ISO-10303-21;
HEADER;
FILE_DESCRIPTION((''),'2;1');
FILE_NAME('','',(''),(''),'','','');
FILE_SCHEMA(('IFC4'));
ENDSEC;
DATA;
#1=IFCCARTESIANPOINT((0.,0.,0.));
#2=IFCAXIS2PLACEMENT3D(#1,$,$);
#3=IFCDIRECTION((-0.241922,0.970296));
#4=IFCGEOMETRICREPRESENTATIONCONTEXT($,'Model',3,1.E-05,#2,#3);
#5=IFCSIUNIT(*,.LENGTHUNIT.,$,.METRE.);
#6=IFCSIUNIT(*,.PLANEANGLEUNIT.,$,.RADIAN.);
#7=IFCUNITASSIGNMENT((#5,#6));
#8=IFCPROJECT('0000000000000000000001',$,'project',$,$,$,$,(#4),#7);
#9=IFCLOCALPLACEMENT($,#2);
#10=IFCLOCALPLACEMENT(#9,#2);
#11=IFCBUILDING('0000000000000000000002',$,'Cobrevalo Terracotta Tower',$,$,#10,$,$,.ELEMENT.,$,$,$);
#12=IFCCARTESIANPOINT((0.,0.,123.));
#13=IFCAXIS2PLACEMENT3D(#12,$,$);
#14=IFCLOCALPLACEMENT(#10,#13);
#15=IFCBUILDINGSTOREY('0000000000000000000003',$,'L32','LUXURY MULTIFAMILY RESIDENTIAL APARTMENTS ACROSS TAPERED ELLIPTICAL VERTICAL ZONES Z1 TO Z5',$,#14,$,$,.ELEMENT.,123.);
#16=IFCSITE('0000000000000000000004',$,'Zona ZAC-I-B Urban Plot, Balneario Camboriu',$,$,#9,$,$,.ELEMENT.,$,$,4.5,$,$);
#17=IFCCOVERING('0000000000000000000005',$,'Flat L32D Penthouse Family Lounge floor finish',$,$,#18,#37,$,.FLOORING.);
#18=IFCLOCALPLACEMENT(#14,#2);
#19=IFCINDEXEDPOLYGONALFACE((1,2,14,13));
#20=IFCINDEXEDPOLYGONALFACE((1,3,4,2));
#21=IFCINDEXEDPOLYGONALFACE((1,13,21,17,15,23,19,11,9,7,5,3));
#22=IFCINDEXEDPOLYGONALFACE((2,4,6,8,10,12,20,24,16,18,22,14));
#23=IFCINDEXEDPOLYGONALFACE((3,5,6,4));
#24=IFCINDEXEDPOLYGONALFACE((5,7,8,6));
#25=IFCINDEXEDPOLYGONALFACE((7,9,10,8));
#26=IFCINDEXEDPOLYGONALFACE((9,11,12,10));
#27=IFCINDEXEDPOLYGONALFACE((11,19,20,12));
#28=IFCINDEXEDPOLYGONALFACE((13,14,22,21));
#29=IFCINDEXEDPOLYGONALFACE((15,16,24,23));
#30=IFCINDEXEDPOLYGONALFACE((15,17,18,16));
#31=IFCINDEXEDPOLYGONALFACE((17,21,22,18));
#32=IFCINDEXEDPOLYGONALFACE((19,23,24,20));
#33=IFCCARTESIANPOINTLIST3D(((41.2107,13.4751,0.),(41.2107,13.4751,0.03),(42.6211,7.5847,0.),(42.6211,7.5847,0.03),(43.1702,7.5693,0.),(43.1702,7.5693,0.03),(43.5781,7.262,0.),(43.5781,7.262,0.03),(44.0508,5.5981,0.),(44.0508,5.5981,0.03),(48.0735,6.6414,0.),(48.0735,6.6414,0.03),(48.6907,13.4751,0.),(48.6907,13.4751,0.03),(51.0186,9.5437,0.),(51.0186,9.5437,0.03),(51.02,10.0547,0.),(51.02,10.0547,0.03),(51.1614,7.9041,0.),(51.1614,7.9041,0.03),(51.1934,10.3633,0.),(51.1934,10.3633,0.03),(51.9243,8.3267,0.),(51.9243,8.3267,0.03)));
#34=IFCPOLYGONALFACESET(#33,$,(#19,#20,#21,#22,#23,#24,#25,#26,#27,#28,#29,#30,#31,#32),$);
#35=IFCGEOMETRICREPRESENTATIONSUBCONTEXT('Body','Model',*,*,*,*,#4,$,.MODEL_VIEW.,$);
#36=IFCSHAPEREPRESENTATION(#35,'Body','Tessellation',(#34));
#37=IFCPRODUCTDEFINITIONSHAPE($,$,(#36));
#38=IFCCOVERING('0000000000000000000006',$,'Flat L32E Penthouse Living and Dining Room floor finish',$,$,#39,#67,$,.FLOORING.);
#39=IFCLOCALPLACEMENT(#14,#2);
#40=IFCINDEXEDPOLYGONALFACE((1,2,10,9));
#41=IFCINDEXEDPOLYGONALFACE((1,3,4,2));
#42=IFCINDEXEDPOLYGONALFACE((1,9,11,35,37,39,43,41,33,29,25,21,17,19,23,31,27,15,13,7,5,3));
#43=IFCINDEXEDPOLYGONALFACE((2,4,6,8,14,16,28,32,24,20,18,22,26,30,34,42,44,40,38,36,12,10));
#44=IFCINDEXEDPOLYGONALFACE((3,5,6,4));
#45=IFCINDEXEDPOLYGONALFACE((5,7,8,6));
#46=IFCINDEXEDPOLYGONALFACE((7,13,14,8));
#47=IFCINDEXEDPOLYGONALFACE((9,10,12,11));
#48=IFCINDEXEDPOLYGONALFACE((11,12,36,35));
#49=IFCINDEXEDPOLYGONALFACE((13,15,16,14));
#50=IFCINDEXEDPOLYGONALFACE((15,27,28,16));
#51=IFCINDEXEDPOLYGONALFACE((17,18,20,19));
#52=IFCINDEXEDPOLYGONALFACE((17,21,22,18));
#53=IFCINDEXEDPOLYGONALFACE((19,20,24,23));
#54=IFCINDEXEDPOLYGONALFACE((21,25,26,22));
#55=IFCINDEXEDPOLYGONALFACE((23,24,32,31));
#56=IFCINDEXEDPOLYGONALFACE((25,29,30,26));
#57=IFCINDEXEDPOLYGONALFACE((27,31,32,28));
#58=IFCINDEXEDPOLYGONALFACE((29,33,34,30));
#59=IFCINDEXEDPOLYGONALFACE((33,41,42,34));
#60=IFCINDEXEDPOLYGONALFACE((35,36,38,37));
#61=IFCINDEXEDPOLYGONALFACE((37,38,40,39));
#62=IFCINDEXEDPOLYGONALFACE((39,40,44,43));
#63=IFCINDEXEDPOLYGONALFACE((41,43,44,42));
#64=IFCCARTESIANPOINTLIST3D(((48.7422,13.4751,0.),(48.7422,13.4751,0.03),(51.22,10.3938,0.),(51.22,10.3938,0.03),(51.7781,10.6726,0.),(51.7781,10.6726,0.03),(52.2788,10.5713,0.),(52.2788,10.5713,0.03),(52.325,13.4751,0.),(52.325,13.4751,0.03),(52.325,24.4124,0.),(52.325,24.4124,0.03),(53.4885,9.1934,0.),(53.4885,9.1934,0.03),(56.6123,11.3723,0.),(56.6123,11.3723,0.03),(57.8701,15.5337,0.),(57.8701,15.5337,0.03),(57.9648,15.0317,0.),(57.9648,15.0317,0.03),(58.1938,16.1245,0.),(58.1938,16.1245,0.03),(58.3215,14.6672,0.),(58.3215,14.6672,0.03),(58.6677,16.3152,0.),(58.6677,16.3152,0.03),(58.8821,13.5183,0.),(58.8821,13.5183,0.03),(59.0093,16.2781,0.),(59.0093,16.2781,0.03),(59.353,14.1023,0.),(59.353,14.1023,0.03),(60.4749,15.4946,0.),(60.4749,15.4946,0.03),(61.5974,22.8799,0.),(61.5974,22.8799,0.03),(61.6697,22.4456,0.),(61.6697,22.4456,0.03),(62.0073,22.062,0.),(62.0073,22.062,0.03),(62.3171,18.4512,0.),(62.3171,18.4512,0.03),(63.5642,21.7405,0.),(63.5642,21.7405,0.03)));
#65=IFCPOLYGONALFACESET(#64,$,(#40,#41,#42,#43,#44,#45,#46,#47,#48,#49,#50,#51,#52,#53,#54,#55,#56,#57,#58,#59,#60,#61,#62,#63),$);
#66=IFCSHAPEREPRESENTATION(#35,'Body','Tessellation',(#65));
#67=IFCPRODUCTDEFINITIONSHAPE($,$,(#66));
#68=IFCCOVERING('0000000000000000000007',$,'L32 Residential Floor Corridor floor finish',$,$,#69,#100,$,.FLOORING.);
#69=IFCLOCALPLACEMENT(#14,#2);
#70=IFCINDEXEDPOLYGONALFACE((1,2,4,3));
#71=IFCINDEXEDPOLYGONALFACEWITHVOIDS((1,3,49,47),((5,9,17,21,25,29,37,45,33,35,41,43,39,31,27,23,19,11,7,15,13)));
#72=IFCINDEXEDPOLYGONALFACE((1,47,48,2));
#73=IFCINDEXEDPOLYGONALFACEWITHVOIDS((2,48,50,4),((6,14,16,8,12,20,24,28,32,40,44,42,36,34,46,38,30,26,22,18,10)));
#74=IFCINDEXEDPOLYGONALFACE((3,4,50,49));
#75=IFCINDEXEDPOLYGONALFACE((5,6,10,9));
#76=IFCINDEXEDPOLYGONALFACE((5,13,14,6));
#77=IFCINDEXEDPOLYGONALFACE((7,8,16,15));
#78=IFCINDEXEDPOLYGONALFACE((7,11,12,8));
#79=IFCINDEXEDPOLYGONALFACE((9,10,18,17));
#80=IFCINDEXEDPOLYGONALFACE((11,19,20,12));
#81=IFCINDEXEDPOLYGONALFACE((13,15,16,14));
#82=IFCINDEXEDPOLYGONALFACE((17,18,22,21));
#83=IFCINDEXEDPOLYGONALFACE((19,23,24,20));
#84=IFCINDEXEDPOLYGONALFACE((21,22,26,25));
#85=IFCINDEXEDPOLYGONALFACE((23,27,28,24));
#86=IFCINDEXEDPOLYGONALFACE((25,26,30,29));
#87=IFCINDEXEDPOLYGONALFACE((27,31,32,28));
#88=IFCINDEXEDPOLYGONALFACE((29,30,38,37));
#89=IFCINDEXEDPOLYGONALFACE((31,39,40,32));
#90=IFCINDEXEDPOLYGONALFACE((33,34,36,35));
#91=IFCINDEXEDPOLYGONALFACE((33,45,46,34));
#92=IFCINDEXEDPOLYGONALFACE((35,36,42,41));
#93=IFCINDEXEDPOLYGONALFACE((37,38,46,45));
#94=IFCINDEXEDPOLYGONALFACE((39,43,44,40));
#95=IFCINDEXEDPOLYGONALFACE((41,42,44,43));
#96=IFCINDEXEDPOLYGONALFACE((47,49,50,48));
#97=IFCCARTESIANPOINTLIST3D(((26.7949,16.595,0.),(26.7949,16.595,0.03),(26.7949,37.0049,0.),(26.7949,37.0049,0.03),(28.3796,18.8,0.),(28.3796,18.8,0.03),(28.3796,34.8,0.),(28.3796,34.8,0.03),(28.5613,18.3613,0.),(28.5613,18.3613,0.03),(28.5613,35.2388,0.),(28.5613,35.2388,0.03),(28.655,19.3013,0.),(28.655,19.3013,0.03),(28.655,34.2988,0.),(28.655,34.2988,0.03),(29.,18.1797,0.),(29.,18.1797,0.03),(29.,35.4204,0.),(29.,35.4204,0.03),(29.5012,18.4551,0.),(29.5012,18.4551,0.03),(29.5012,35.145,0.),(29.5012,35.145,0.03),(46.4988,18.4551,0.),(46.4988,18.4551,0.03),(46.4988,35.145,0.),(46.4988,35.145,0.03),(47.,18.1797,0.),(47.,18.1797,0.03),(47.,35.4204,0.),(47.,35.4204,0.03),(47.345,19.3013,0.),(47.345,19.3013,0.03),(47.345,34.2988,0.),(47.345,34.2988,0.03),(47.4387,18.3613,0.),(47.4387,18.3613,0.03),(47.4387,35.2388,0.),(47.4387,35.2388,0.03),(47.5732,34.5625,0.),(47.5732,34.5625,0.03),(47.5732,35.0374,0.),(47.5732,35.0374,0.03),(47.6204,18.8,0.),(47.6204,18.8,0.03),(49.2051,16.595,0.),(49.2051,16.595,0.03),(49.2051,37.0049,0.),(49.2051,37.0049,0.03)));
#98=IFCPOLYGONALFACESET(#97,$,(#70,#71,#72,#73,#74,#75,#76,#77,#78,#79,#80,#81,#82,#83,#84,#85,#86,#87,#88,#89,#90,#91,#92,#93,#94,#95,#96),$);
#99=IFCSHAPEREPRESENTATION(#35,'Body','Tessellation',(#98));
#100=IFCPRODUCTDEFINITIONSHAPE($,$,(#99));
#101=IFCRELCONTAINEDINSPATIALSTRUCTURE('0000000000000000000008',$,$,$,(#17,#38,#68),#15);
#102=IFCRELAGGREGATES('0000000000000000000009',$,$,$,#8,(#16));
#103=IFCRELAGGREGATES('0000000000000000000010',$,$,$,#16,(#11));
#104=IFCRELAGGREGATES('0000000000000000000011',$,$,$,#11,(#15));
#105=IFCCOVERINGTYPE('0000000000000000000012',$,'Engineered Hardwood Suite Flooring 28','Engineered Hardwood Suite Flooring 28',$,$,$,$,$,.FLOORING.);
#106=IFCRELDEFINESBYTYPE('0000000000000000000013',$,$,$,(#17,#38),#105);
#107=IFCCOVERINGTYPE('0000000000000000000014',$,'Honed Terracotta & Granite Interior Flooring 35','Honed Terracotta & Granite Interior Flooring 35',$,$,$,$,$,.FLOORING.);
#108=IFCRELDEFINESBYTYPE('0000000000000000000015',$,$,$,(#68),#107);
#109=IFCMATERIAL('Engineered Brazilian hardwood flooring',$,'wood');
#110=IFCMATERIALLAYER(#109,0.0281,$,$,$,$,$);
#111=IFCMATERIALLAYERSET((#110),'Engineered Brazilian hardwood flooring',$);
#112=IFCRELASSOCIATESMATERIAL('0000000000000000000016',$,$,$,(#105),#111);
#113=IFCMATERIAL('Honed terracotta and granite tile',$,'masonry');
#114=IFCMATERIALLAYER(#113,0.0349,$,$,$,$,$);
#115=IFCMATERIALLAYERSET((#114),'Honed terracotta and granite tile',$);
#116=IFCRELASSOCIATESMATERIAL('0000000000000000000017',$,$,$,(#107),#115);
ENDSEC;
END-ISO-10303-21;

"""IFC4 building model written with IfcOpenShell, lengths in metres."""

from ifc_helpers import new_model, si_unit, direction, frame, origin, place, context, subcontext, project, spatial, polyline, outline, extrude, material, layer, layer_set, type_object, element, save


model = new_model("IFC4")

# Units and contexts
model_context = context("Model", 3, precision=1e-05, world=origin(), true_north=direction((-0.241922, 0.970296)))
body_context = subcontext(model_context, "Body", "Model", "MODEL_VIEW")
ifc_project = project(units=[si_unit("LENGTHUNIT", "METRE"), si_unit("PLANEANGLEUNIT", "RADIAN")], contexts=[model_context])

# Site, building, storey
site_placement = place(None, origin())
site = spatial("IfcSite", under=ifc_project, at=site_placement, Name="Zona ZAC-I-B Urban Plot, Balneario Camboriu", CompositionType="ELEMENT", RefElevation=4.5)
building_placement = place(site_placement, origin())
building = spatial("IfcBuilding", under=site, at=building_placement, Name="Cobrevalo Terracotta Tower", CompositionType="ELEMENT")
storey_placement = place(building_placement, frame((0.0, 0.0, 123.0)))
storey = spatial("IfcBuildingStorey", under=building, at=storey_placement, Name="L32", Description="LUXURY MULTIFAMILY RESIDENTIAL APARTMENTS ACROSS TAPERED ELLIPTICAL VERTICAL ZONES Z1 TO Z5", CompositionType="ELEMENT", Elevation=123.0)

# Coverings
ifc_material_1 = material(Name="Engineered Brazilian hardwood flooring", Category="wood")
ifc_layer_1 = layer(ifc_material_1, 0.0281)
ifc_layer_set_1 = layer_set([ifc_layer_1], Name="Engineered Brazilian hardwood flooring")
covering_type_1 = type_object("IfcCoveringType", Name="Engineered Hardwood Suite Flooring 28", Description="Engineered Hardwood Suite Flooring 28", PredefinedType="FLOORING", material=ifc_layer_set_1)
covering_1_placement = place(storey_placement, origin())
element("IfcCovering", 1, at=covering_1_placement, inside=storey, type_object=covering_type_1, Name="Flat L32D Penthouse Family Lounge floor finish", PredefinedType="FLOORING", context=body_context, shape_type="SweptSolid", body=[
    extrude(outline(polyline([(44.0508, 5.5981), (43.5781, 7.262), (43.1702, 7.5693), (42.6211, 7.5847), (41.2107, 13.4751), (48.6907, 13.4751), (51.1934, 10.3633), (51.02, 10.0547), (51.0186, 9.5437), (51.9243, 8.3267), (51.1614, 7.9041), (48.0735, 6.6414), (44.0508, 5.5981)])), origin(), (0.0, 0.0, 1.0), 0.03),
])
covering_2_placement = place(storey_placement, origin())
element("IfcCovering", 2, at=covering_2_placement, inside=storey, type_object=covering_type_1, Name="Flat L32E Penthouse Living and Dining Room floor finish", PredefinedType="FLOORING", context=body_context, shape_type="SweptSolid", body=[
    extrude(outline(polyline([(60.4749, 15.4946), (59.0093, 16.2781), (58.6677, 16.3152), (58.1938, 16.1245), (57.8701, 15.5337), (57.9648, 15.0317), (58.3215, 14.6672), (59.353, 14.1023), (58.8821, 13.5183), (56.6123, 11.3723), (53.4885, 9.1934), (52.2788, 10.5713), (51.7781, 10.6726), (51.22, 10.3938), (48.7422, 13.4751), (52.325, 13.4751), (52.325, 24.4124), (61.5974, 22.8799), (61.6697, 22.4456), (62.0073, 22.062), (63.5642, 21.7405), (62.3171, 18.4512), (60.4749, 15.4946)])), origin(), (0.0, 0.0, 1.0), 0.03),
])
ifc_material_2 = material(Name="Honed terracotta and granite tile", Category="masonry")
ifc_layer_2 = layer(ifc_material_2, 0.0349)
ifc_layer_set_2 = layer_set([ifc_layer_2], Name="Honed terracotta and granite tile")
covering_type_2 = type_object("IfcCoveringType", Name="Honed Terracotta & Granite Interior Flooring 35", Description="Honed Terracotta & Granite Interior Flooring 35", PredefinedType="FLOORING", material=ifc_layer_set_2)
covering_3_placement = place(storey_placement, origin())
element("IfcCovering", 3, at=covering_3_placement, inside=storey, type_object=covering_type_2, Name="L32 Residential Floor Corridor floor finish", PredefinedType="FLOORING", context=body_context, shape_type="SweptSolid", body=[
    extrude(outline(polyline([(49.2051, 37.0049), (49.2051, 16.595), (26.7949, 16.595), (26.7949, 37.0049), (49.2051, 37.0049)]), holes=[polyline([(47.345, 34.2988), (47.5732, 34.5625), (47.5732, 35.0374), (47.4387, 35.2388), (47.0, 35.4204), (46.4988, 35.145), (29.5012, 35.145), (29.0, 35.4204), (28.5613, 35.2388), (28.3796, 34.8), (28.655, 34.2988), (28.655, 19.3013), (28.3796, 18.8), (28.5613, 18.3613), (29.0, 18.1797), (29.5012, 18.4551), (46.4988, 18.4551), (47.0, 18.1797), (47.4387, 18.3613), (47.6204, 18.8), (47.345, 19.3013), (47.345, 34.2988)])]), origin(), (0.0, 0.0, 1.0), 0.03),
])

save(model, "model.ifc")
